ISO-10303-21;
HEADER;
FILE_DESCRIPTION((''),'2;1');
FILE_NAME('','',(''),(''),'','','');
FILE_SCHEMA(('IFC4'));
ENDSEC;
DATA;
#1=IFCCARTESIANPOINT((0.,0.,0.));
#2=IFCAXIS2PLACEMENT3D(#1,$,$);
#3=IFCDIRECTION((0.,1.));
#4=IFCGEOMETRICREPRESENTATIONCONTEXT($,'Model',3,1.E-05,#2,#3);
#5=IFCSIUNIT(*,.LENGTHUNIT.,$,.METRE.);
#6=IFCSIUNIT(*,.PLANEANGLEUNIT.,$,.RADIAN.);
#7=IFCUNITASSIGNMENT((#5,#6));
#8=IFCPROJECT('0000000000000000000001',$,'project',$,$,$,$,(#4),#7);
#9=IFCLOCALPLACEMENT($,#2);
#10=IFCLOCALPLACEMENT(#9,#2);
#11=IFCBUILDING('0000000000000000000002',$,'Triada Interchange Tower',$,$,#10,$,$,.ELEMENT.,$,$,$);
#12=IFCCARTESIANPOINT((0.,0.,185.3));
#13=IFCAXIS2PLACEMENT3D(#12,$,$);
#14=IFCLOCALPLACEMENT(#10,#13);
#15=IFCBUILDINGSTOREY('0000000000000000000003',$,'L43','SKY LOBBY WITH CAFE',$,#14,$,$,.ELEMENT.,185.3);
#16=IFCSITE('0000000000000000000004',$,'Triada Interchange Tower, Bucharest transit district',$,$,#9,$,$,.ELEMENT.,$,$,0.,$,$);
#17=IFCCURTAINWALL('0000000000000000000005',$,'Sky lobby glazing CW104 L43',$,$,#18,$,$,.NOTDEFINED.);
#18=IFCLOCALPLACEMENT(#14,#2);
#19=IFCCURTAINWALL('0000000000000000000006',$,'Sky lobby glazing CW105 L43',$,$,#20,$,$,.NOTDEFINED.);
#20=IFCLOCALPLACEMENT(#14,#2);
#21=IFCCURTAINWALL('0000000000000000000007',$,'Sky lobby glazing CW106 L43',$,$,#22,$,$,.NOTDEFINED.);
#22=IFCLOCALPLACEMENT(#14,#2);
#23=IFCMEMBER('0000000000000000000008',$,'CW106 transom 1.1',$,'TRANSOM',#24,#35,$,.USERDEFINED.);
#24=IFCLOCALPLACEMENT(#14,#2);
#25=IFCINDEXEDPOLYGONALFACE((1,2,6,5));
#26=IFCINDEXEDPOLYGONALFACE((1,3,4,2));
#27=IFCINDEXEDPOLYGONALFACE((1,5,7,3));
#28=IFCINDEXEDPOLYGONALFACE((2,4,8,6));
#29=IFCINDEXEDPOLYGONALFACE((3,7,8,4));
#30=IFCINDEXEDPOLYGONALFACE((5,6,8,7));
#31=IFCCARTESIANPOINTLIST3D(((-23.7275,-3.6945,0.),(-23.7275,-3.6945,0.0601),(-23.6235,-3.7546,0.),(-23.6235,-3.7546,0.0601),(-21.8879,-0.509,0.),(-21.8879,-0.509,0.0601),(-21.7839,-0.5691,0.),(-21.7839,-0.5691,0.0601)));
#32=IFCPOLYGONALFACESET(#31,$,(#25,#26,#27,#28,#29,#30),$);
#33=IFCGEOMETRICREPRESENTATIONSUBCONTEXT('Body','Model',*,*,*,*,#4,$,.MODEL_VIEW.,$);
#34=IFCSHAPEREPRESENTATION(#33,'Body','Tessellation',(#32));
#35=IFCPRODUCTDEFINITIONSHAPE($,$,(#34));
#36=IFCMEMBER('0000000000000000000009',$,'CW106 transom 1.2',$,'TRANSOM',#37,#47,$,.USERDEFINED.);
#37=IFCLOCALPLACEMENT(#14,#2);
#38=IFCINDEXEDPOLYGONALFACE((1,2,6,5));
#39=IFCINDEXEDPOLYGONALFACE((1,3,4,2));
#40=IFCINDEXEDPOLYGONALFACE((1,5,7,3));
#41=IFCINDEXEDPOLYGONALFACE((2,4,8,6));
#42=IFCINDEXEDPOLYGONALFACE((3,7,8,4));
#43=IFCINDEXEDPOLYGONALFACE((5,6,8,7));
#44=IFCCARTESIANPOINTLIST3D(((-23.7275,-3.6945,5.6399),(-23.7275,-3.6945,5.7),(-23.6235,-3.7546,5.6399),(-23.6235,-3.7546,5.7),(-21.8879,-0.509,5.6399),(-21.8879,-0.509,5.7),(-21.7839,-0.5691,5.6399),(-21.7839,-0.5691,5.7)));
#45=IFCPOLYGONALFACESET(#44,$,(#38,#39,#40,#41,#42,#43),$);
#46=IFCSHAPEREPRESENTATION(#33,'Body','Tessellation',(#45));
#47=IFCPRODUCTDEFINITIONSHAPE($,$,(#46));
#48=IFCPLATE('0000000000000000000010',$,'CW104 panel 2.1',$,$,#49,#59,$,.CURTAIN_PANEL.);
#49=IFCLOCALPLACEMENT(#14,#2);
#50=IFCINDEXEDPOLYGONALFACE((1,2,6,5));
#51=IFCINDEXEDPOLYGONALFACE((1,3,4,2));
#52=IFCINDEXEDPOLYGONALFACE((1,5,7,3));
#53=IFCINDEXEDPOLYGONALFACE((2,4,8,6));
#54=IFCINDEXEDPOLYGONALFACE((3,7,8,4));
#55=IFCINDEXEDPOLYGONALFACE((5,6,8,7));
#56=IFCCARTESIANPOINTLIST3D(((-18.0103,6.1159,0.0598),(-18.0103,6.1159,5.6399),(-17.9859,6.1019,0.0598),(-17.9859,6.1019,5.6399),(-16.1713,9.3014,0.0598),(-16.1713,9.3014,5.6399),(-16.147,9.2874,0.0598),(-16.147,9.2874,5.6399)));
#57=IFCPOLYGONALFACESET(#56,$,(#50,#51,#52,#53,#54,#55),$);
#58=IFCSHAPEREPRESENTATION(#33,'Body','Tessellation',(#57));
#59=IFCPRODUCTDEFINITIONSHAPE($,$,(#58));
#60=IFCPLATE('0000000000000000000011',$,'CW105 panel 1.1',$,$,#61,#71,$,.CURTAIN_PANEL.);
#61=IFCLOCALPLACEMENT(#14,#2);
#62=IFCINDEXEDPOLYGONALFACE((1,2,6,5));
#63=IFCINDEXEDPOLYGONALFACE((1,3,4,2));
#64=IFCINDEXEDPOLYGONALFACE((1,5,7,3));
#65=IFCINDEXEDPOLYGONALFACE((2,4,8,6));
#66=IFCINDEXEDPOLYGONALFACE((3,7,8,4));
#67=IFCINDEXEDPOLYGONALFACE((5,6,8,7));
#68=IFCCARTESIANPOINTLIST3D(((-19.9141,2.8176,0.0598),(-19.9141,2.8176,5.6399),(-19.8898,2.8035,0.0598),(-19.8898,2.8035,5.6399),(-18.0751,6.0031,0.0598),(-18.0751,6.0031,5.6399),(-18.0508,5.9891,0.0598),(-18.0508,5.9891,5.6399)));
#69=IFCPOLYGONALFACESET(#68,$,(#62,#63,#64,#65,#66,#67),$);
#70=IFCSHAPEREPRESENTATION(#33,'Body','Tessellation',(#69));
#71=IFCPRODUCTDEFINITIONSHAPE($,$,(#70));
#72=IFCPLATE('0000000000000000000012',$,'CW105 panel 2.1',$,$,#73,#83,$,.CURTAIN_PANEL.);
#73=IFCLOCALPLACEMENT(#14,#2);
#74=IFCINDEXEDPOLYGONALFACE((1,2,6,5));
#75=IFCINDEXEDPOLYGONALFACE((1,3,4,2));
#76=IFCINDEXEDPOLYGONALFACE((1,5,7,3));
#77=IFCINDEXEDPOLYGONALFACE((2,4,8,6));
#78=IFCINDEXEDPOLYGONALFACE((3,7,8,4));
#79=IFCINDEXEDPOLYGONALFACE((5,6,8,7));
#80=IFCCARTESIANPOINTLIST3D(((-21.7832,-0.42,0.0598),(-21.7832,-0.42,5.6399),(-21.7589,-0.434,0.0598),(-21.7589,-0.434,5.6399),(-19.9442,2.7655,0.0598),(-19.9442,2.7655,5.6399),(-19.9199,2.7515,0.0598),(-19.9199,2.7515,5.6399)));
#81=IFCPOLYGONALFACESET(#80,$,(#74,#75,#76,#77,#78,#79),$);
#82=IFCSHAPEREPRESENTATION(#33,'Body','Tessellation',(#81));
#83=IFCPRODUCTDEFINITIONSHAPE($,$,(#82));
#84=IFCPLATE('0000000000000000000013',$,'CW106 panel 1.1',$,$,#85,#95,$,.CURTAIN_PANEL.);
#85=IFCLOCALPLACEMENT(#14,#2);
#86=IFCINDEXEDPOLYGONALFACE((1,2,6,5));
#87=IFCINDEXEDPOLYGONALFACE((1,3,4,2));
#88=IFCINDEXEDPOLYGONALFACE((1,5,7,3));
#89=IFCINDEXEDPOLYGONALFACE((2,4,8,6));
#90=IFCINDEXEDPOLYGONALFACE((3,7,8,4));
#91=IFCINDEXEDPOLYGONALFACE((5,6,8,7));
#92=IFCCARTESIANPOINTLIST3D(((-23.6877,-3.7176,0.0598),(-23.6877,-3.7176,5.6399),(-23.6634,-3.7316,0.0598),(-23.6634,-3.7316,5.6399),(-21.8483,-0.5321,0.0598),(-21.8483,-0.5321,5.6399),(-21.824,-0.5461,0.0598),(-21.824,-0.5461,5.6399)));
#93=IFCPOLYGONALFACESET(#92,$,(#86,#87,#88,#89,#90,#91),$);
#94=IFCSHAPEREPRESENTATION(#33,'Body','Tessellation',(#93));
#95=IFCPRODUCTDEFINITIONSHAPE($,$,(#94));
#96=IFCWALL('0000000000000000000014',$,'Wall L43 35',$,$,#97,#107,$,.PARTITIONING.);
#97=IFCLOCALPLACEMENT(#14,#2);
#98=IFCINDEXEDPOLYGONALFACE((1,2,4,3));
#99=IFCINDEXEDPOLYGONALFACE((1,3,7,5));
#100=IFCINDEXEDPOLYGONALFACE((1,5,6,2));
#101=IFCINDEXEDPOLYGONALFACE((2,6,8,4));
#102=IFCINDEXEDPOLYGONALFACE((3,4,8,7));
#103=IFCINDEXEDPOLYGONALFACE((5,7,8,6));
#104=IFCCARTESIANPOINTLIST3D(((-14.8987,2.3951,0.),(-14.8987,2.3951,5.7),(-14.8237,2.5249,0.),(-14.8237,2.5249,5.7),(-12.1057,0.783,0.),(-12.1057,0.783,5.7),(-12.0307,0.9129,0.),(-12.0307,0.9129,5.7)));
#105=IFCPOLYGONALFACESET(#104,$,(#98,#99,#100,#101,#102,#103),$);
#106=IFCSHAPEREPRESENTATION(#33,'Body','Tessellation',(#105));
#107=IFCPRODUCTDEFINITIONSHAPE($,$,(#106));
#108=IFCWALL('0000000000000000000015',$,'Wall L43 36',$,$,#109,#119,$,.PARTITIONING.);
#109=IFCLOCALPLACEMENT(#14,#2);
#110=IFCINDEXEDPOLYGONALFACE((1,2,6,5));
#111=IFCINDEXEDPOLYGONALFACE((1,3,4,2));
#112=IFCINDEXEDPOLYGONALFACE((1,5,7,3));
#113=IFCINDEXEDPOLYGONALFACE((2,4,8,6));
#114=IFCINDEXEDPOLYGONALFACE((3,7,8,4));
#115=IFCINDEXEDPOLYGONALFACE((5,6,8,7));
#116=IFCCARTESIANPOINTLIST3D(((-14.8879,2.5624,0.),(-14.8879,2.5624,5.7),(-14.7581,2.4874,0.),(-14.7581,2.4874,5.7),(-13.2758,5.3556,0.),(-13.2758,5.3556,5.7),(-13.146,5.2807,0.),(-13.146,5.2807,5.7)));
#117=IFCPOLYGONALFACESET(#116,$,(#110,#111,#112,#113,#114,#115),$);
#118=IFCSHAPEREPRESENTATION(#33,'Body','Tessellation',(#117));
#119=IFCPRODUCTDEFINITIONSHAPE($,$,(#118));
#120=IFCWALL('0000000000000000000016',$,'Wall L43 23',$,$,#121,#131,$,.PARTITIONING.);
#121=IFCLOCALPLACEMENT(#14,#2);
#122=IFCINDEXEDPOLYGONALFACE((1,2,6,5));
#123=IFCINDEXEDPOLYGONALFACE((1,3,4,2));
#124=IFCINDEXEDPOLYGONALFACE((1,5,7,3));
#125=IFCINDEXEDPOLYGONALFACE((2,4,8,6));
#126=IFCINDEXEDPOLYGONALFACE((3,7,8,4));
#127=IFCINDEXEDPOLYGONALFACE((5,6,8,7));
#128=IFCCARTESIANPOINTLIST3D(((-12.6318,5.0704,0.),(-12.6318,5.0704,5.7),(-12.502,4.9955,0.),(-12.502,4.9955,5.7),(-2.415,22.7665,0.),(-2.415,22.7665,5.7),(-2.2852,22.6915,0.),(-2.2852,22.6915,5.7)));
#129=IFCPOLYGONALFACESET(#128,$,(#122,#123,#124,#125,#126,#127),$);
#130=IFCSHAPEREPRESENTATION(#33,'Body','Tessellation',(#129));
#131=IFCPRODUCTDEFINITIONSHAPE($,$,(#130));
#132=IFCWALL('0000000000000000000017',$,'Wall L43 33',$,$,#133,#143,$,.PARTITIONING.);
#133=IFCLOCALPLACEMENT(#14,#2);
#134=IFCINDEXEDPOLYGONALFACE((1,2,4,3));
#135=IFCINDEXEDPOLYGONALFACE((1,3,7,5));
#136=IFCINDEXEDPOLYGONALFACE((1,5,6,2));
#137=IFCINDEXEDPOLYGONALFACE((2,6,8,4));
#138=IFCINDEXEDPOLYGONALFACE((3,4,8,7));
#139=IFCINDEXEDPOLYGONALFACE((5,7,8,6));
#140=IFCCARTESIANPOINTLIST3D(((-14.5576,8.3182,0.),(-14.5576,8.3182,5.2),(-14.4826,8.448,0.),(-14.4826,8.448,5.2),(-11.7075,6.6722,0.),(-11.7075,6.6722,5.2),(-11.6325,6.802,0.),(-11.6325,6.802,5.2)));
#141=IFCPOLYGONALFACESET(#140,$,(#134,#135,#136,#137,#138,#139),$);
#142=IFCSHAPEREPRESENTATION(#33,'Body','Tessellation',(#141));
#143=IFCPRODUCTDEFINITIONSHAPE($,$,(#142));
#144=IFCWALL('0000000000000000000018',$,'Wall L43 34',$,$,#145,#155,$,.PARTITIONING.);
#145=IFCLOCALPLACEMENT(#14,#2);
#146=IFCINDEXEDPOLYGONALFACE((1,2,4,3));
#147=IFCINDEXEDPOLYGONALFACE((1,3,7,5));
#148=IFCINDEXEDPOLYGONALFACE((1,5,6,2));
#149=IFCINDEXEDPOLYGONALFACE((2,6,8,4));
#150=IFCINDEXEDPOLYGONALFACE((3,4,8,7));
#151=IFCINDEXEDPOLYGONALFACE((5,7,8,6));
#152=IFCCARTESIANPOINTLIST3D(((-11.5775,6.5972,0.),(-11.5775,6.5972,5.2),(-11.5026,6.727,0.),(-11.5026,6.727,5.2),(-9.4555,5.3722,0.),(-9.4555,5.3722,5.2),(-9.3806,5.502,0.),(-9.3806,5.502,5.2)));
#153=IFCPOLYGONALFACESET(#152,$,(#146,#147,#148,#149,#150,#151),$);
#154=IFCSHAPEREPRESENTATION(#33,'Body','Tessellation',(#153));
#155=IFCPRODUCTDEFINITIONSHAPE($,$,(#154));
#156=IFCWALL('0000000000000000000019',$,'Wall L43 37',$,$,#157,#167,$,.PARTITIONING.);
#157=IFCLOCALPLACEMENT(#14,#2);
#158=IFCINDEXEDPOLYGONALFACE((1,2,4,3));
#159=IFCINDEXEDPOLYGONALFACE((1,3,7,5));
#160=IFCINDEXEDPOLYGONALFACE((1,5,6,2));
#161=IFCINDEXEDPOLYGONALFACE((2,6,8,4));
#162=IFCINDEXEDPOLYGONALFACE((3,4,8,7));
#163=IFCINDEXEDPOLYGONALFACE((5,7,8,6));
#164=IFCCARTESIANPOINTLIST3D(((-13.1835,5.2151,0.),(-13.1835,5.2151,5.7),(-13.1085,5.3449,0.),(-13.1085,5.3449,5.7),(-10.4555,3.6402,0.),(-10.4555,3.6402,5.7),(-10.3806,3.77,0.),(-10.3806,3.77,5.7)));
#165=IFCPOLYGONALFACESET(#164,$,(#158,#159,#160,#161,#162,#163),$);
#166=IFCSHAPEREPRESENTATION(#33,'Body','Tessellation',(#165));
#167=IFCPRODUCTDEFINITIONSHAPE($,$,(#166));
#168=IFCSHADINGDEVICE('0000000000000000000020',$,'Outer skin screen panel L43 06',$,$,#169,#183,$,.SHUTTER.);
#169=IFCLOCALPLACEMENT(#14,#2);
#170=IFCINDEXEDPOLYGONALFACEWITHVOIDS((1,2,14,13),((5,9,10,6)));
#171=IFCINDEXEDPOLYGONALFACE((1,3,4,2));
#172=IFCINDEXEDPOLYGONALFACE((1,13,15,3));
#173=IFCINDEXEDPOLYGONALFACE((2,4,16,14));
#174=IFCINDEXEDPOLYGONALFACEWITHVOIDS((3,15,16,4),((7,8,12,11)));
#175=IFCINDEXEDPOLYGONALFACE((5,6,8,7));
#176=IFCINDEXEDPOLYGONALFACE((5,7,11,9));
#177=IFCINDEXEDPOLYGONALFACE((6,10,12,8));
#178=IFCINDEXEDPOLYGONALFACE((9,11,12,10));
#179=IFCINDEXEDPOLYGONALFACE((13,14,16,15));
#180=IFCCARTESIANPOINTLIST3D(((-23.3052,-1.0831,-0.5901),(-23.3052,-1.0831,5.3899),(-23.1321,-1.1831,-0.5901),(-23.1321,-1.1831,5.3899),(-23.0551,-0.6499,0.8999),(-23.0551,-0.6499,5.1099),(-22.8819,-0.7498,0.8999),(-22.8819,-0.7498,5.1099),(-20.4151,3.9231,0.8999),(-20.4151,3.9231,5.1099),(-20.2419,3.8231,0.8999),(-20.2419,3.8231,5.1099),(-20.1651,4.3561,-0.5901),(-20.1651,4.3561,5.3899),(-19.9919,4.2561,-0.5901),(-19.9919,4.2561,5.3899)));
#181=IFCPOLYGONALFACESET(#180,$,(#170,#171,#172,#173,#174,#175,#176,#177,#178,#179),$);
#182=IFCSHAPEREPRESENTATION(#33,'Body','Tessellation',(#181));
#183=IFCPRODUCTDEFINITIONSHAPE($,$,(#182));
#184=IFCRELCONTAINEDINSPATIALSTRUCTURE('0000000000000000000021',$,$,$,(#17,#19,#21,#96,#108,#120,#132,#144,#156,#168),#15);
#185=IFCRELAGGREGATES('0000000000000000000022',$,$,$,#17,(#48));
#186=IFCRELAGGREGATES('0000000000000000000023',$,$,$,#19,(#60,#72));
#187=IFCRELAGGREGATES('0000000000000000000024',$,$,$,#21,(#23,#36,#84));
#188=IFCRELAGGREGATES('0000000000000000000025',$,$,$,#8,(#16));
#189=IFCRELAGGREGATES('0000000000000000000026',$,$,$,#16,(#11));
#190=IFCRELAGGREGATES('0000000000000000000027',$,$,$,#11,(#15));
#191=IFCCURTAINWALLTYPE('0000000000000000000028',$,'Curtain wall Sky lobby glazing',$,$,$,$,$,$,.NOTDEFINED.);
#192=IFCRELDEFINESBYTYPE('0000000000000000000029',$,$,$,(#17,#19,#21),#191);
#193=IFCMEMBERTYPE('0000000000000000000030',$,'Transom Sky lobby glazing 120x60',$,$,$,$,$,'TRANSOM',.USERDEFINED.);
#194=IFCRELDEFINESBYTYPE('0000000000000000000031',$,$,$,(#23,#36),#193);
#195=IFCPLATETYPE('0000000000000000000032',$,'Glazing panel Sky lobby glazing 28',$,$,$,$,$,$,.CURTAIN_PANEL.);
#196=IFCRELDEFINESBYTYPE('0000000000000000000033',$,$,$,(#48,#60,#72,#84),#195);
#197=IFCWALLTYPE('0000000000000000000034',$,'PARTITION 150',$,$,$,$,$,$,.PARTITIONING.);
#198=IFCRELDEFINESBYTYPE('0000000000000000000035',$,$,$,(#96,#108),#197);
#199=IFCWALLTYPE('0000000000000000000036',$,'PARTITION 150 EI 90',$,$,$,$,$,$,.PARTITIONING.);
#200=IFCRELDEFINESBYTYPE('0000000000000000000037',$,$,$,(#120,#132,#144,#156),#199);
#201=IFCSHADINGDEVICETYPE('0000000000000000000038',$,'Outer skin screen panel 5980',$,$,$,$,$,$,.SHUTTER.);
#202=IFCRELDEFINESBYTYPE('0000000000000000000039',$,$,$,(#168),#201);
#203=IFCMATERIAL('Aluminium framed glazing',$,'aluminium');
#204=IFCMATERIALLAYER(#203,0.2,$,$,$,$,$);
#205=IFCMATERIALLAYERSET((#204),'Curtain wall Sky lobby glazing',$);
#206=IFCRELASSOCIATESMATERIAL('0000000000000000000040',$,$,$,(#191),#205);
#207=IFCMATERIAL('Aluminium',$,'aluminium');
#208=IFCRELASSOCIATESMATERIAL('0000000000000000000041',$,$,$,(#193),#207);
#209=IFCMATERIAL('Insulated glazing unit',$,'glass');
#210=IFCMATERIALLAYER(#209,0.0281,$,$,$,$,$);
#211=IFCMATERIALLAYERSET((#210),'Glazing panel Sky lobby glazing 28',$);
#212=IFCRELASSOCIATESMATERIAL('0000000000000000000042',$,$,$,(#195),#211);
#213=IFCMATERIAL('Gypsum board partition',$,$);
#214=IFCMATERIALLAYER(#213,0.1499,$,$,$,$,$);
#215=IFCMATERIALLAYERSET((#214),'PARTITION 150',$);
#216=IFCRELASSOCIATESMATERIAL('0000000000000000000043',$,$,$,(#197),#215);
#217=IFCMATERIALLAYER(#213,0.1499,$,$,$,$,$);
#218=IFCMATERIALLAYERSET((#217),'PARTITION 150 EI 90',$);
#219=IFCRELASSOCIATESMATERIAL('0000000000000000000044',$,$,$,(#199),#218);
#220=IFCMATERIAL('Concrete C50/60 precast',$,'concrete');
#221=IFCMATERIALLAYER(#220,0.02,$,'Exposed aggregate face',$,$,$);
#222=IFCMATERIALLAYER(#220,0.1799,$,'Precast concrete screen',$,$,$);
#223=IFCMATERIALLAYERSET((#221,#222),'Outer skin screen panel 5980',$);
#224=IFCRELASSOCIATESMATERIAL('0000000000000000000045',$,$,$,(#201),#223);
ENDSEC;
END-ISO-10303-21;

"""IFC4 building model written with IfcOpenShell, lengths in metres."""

from ifc_helpers import new_model, si_unit, direction, frame, frame_2d, origin, origin_2d, place, context, subcontext, project, spatial, polyline, rectangle, outline, extrude, material, layer, layer_set, material_profile, profile_set, type_object, element, aggregate, save


model = new_model("IFC4")

# Units and contexts
model_context = context("Model", 3, precision=1e-05, world=origin(), true_north=direction((0.0, 1.0)))
body_context = subcontext(model_context, "Body", "Model", "MODEL_VIEW")
ifc_project = project(units=[si_unit("LENGTHUNIT", "METRE"), si_unit("PLANEANGLEUNIT", "RADIAN")], contexts=[model_context])

# Site, building, storey
site_placement = place(None, origin())
site = spatial("IfcSite", under=ifc_project, at=site_placement, Name="Triada Interchange Tower, Bucharest transit district", CompositionType="ELEMENT", RefElevation=0.0)
building_placement = place(site_placement, origin())
building = spatial("IfcBuilding", under=site, at=building_placement, Name="Triada Interchange Tower", CompositionType="ELEMENT")
storey_placement = place(building_placement, frame((0.0, 0.0, 185.3)))
storey = spatial("IfcBuildingStorey", under=building, at=storey_placement, Name="L43", Description="SKY LOBBY WITH CAFE", CompositionType="ELEMENT", Elevation=185.3)

# Curtain wall
ifc_material_1 = material(Name="Aluminium framed glazing", Category="aluminium")
ifc_layer_1 = layer(ifc_material_1, 0.2)
ifc_layer_set_1 = layer_set([ifc_layer_1], Name="Curtain wall Sky lobby glazing")
curtain_wall_type = type_object("IfcCurtainWallType", Name="Curtain wall Sky lobby glazing", PredefinedType="NOTDEFINED", material=ifc_layer_set_1)
curtain_wall_1_placement = place(storey_placement, origin())
curtain_wall_1 = element("IfcCurtainWall", 1, at=curtain_wall_1_placement, inside=storey, type_object=curtain_wall_type, Name="Sky lobby glazing CW104 L43", PredefinedType="NOTDEFINED")
ifc_material_2 = material(Name="Aluminium", Category="aluminium")

# Curtain walls
curtain_wall_2_placement = place(storey_placement, origin())
curtain_wall_2 = element("IfcCurtainWall", 2, at=curtain_wall_2_placement, inside=storey, type_object=curtain_wall_type, Name="Sky lobby glazing CW105 L43", PredefinedType="NOTDEFINED")
curtain_wall_3_placement = place(storey_placement, origin())
curtain_wall_3 = element("IfcCurtainWall", 3, at=curtain_wall_3_placement, inside=storey, type_object=curtain_wall_type, Name="Sky lobby glazing CW106 L43", PredefinedType="NOTDEFINED")

# Members
ifc_material_profile_1 = material_profile(ifc_material_2, rectangle(XDim=0.1201, YDim=0.0601, at=origin_2d()), Name="Aluminium transom")
ifc_profile_set_1 = profile_set([ifc_material_profile_1], Name="Aluminium")
member_type_1 = type_object("IfcMemberType", Name="Transom Sky lobby glazing 120x60", ElementType="TRANSOM", PredefinedType="USERDEFINED", material=ifc_profile_set_1)
member_1_placement = place(storey_placement, frame((-21.8359, -0.5391, 0.03), z_axis=(-0.500086, -0.865976, 0.0), x_axis=(0.865976, -0.500086, 0.0)))
member_1 = element("IfcMember", 4, at=member_1_placement, type_object=member_type_1, Name="CW106 transom 1.1", ObjectType="TRANSOM", PredefinedType="USERDEFINED", context=body_context, shape_type="SweptSolid", body=[
    extrude(rectangle(XDim=0.1201, YDim=0.0601, at=origin_2d()), origin(), (0.0, 0.0, 1.0), 3.6785),
])
member_2_placement = place(storey_placement, frame((-21.8359, -0.5391, 5.6699), z_axis=(-0.500086, -0.865976, 0.0), x_axis=(0.865976, -0.500086, 0.0)))
member_2 = element("IfcMember", 5, at=member_2_placement, type_object=member_type_1, Name="CW106 transom 1.2", ObjectType="TRANSOM", PredefinedType="USERDEFINED", context=body_context, shape_type="SweptSolid", body=[
    extrude(rectangle(XDim=0.1201, YDim=0.0601, at=origin_2d()), origin(), (0.0, 0.0, 1.0), 3.6785),
])

# Plates
ifc_material_3 = material(Name="Insulated glazing unit", Category="glass")
ifc_layer_2 = layer(ifc_material_3, 0.0281)
ifc_layer_set_2 = layer_set([ifc_layer_2], Name="Glazing panel Sky lobby glazing 28")
plate_type = type_object("IfcPlateType", Name="Glazing panel Sky lobby glazing 28", PredefinedType="CURTAIN_PANEL", material=ifc_layer_set_2)
plate_1_placement = place(storey_placement, frame((-17.0786, 7.7017, 0.0598), z_axis=(0.0, 0.0, 1.0), x_axis=(-0.499964, -0.866046, 0.0)))
plate_1 = element("IfcPlate", 6, at=plate_1_placement, type_object=plate_type, Name="CW104 panel 2.1", PredefinedType="CURTAIN_PANEL", context=body_context, shape_type="SweptSolid", body=[
    extrude(rectangle(XDim=3.6782, YDim=0.0281, at=origin_2d()), origin(), (0.0, 0.0, 1.0), 5.5801),
])
aggregate(curtain_wall_1, [plate_1])
plate_2_placement = place(storey_placement, frame((-18.9824, 4.4033, 0.0598), z_axis=(0.0, 0.0, 1.0), x_axis=(-0.499964, -0.866046, 0.0)))
plate_2 = element("IfcPlate", 7, at=plate_2_placement, type_object=plate_type, Name="CW105 panel 1.1", PredefinedType="CURTAIN_PANEL", context=body_context, shape_type="SweptSolid", body=[
    extrude(rectangle(XDim=3.6782, YDim=0.0281, at=origin_2d()), origin(), (0.0, 0.0, 1.0), 5.5801),
])
plate_3_placement = place(storey_placement, frame((-20.8516, 1.1658, 0.0598), z_axis=(0.0, 0.0, 1.0), x_axis=(-0.499964, -0.866046, 0.0)))
plate_3 = element("IfcPlate", 8, at=plate_3_placement, type_object=plate_type, Name="CW105 panel 2.1", PredefinedType="CURTAIN_PANEL", context=body_context, shape_type="SweptSolid", body=[
    extrude(rectangle(XDim=3.6782, YDim=0.0281, at=origin_2d()), origin(), (0.0, 0.0, 1.0), 5.5801),
])
aggregate(curtain_wall_2, [plate_2, plate_3])
plate_4_placement = place(storey_placement, frame((-22.7559, -2.1318, 0.0598), z_axis=(0.0, 0.0, 1.0), x_axis=(-0.500063, -0.865989, 0.0)))
plate_4 = element("IfcPlate", 9, at=plate_4_placement, type_object=plate_type, Name="CW106 panel 1.1", PredefinedType="CURTAIN_PANEL", context=body_context, shape_type="SweptSolid", body=[
    extrude(rectangle(XDim=3.6785, YDim=0.0281, at=origin_2d()), origin(), (0.0, 0.0, 1.0), 5.5801),
])
aggregate(curtain_wall_3, [member_1, member_2, plate_4])

# Walls
ifc_material_4 = material(Name="Gypsum board partition")
ifc_layer_3 = layer(ifc_material_4, 0.1499)
ifc_layer_set_3 = layer_set([ifc_layer_3], Name="PARTITION 150")
wall_type_1 = type_object("IfcWallType", Name="PARTITION 150", PredefinedType="PARTITIONING", material=ifc_layer_set_3)
wall_1_placement = place(storey_placement, frame((-14.8611, 2.46, 0.0), z_axis=(0.0, 0.0, 1.0), x_axis=(0.866087, -0.499893, 0.0)))
element("IfcWall", 10, at=wall_1_placement, inside=storey, type_object=wall_type_1, Name="Wall L43 35", PredefinedType="PARTITIONING", context=body_context, shape_type="SweptSolid", body=[
    extrude(rectangle(XDim=3.2249, YDim=0.1499, at=frame_2d((1.6123, 0.0))), origin(), (0.0, 0.0, 1.0), 5.7),
])
wall_2_placement = place(storey_placement, frame((-14.823, 2.5249, 0.0), z_axis=(0.0, 0.0, 1.0), x_axis=(0.49986, 0.866106, 0.0)))
element("IfcWall", 11, at=wall_2_placement, inside=storey, type_object=wall_type_1, Name="Wall L43 36", PredefinedType="PARTITIONING", context=body_context, shape_type="SweptSolid", body=[
    extrude(rectangle(XDim=3.2251, YDim=0.1499, at=frame_2d((1.6125, 0.0))), origin(), (0.0, 0.0, 1.0), 5.7),
])
ifc_layer_4 = layer(ifc_material_4, 0.1499)
ifc_layer_set_4 = layer_set([ifc_layer_4], Name="PARTITION 150 EI 90")
wall_type_2 = type_object("IfcWallType", Name="PARTITION 150 EI 90", PredefinedType="PARTITIONING", material=ifc_layer_set_4)
wall_3_placement = place(storey_placement, frame((-12.5669, 5.033, 0.0), z_axis=(0.0, 0.0, 1.0), x_axis=(0.499999, 0.866026, 0.0)))
element("IfcWall", 12, at=wall_3_placement, inside=storey, type_object=wall_type_2, Name="Wall L43 23", PredefinedType="PARTITIONING", context=body_context, shape_type="SweptSolid", body=[
    extrude(rectangle(XDim=20.4336, YDim=0.1499, at=frame_2d((10.2168, 0.0))), origin(), (0.0, 0.0, 1.0), 5.7),
])
wall_4_placement = place(storey_placement, frame((-14.52, 8.3831, 0.0), z_axis=(0.0, 0.0, 1.0), x_axis=(0.865961, -0.500112, 0.0)))
element("IfcWall", 13, at=wall_4_placement, inside=storey, type_object=wall_type_2, Name="Wall L43 33", PredefinedType="PARTITIONING", context=body_context, shape_type="SweptSolid", body=[
    extrude(rectangle(XDim=3.2913, YDim=0.1499, at=frame_2d((1.6455, 0.0))), origin(), (0.0, 0.0, 1.0), 5.2),
])
wall_5_placement = place(storey_placement, frame((-11.54, 6.6621, 0.0), z_axis=(0.0, 0.0, 1.0), x_axis=(0.86604, -0.499975, 0.0)))
element("IfcWall", 14, at=wall_5_placement, inside=storey, type_object=wall_type_2, Name="Wall L43 34", PredefinedType="PARTITIONING", context=body_context, shape_type="SweptSolid", body=[
    extrude(rectangle(XDim=2.4502, YDim=0.1499, at=frame_2d((1.2251, 0.0))), origin(), (0.0, 0.0, 1.0), 5.2),
])
wall_6_placement = place(storey_placement, frame((-13.146, 5.28, 0.0), z_axis=(0.0, 0.0, 1.0), x_axis=(0.866036, -0.499982, 0.0)))
element("IfcWall", 15, at=wall_6_placement, inside=storey, type_object=wall_type_2, Name="Wall L43 37", PredefinedType="PARTITIONING", context=body_context, shape_type="SweptSolid", body=[
    extrude(rectangle(XDim=3.1499, YDim=0.1499, at=frame_2d((1.575, 0.0))), origin(), (0.0, 0.0, 1.0), 5.7),
])

# Shading device
ifc_material_5 = material(Name="Concrete C50/60 precast", Category="concrete")
ifc_layer_5 = layer(ifc_material_5, 0.02, Name="Exposed aggregate face")
ifc_layer_6 = layer(ifc_material_5, 0.1799, Name="Precast concrete screen")
ifc_layer_set_5 = layer_set([ifc_layer_5, ifc_layer_6], Name="Outer skin screen panel 5980")
shading_device_type = type_object("IfcShadingDeviceType", Name="Outer skin screen panel 5980", PredefinedType="SHUTTER", material=ifc_layer_set_5)
shading_device_1_placement = place(storey_placement, frame((-19.9919, 4.2561, -0.5901), z_axis=(0.0, 0.0, 1.0), x_axis=(-0.499977, -0.866039, 0.0)))
element("IfcShadingDevice", 16, at=shading_device_1_placement, inside=storey, type_object=shading_device_type, Name="Outer skin screen panel L43 06", PredefinedType="SHUTTER", context=body_context, shape_type="SweptSolid", body=[
    extrude(outline(polyline([(0.0, 0.0), (6.2805, 0.0), (6.2805, 5.98), (0.0, 5.98), (0.0, 0.0)]), holes=[polyline([(0.5, 1.49), (0.5, 5.7), (5.7803, 5.7), (5.7803, 1.49), (0.5, 1.49)])]), frame((0.0, 0.0, 0.0), z_axis=(0.0, -1.0, 0.0), x_axis=(1.0, 0.0, 0.0)), (0.0, 0.0, 1.0), 0.2),
])

save(model, "model.ifc")
